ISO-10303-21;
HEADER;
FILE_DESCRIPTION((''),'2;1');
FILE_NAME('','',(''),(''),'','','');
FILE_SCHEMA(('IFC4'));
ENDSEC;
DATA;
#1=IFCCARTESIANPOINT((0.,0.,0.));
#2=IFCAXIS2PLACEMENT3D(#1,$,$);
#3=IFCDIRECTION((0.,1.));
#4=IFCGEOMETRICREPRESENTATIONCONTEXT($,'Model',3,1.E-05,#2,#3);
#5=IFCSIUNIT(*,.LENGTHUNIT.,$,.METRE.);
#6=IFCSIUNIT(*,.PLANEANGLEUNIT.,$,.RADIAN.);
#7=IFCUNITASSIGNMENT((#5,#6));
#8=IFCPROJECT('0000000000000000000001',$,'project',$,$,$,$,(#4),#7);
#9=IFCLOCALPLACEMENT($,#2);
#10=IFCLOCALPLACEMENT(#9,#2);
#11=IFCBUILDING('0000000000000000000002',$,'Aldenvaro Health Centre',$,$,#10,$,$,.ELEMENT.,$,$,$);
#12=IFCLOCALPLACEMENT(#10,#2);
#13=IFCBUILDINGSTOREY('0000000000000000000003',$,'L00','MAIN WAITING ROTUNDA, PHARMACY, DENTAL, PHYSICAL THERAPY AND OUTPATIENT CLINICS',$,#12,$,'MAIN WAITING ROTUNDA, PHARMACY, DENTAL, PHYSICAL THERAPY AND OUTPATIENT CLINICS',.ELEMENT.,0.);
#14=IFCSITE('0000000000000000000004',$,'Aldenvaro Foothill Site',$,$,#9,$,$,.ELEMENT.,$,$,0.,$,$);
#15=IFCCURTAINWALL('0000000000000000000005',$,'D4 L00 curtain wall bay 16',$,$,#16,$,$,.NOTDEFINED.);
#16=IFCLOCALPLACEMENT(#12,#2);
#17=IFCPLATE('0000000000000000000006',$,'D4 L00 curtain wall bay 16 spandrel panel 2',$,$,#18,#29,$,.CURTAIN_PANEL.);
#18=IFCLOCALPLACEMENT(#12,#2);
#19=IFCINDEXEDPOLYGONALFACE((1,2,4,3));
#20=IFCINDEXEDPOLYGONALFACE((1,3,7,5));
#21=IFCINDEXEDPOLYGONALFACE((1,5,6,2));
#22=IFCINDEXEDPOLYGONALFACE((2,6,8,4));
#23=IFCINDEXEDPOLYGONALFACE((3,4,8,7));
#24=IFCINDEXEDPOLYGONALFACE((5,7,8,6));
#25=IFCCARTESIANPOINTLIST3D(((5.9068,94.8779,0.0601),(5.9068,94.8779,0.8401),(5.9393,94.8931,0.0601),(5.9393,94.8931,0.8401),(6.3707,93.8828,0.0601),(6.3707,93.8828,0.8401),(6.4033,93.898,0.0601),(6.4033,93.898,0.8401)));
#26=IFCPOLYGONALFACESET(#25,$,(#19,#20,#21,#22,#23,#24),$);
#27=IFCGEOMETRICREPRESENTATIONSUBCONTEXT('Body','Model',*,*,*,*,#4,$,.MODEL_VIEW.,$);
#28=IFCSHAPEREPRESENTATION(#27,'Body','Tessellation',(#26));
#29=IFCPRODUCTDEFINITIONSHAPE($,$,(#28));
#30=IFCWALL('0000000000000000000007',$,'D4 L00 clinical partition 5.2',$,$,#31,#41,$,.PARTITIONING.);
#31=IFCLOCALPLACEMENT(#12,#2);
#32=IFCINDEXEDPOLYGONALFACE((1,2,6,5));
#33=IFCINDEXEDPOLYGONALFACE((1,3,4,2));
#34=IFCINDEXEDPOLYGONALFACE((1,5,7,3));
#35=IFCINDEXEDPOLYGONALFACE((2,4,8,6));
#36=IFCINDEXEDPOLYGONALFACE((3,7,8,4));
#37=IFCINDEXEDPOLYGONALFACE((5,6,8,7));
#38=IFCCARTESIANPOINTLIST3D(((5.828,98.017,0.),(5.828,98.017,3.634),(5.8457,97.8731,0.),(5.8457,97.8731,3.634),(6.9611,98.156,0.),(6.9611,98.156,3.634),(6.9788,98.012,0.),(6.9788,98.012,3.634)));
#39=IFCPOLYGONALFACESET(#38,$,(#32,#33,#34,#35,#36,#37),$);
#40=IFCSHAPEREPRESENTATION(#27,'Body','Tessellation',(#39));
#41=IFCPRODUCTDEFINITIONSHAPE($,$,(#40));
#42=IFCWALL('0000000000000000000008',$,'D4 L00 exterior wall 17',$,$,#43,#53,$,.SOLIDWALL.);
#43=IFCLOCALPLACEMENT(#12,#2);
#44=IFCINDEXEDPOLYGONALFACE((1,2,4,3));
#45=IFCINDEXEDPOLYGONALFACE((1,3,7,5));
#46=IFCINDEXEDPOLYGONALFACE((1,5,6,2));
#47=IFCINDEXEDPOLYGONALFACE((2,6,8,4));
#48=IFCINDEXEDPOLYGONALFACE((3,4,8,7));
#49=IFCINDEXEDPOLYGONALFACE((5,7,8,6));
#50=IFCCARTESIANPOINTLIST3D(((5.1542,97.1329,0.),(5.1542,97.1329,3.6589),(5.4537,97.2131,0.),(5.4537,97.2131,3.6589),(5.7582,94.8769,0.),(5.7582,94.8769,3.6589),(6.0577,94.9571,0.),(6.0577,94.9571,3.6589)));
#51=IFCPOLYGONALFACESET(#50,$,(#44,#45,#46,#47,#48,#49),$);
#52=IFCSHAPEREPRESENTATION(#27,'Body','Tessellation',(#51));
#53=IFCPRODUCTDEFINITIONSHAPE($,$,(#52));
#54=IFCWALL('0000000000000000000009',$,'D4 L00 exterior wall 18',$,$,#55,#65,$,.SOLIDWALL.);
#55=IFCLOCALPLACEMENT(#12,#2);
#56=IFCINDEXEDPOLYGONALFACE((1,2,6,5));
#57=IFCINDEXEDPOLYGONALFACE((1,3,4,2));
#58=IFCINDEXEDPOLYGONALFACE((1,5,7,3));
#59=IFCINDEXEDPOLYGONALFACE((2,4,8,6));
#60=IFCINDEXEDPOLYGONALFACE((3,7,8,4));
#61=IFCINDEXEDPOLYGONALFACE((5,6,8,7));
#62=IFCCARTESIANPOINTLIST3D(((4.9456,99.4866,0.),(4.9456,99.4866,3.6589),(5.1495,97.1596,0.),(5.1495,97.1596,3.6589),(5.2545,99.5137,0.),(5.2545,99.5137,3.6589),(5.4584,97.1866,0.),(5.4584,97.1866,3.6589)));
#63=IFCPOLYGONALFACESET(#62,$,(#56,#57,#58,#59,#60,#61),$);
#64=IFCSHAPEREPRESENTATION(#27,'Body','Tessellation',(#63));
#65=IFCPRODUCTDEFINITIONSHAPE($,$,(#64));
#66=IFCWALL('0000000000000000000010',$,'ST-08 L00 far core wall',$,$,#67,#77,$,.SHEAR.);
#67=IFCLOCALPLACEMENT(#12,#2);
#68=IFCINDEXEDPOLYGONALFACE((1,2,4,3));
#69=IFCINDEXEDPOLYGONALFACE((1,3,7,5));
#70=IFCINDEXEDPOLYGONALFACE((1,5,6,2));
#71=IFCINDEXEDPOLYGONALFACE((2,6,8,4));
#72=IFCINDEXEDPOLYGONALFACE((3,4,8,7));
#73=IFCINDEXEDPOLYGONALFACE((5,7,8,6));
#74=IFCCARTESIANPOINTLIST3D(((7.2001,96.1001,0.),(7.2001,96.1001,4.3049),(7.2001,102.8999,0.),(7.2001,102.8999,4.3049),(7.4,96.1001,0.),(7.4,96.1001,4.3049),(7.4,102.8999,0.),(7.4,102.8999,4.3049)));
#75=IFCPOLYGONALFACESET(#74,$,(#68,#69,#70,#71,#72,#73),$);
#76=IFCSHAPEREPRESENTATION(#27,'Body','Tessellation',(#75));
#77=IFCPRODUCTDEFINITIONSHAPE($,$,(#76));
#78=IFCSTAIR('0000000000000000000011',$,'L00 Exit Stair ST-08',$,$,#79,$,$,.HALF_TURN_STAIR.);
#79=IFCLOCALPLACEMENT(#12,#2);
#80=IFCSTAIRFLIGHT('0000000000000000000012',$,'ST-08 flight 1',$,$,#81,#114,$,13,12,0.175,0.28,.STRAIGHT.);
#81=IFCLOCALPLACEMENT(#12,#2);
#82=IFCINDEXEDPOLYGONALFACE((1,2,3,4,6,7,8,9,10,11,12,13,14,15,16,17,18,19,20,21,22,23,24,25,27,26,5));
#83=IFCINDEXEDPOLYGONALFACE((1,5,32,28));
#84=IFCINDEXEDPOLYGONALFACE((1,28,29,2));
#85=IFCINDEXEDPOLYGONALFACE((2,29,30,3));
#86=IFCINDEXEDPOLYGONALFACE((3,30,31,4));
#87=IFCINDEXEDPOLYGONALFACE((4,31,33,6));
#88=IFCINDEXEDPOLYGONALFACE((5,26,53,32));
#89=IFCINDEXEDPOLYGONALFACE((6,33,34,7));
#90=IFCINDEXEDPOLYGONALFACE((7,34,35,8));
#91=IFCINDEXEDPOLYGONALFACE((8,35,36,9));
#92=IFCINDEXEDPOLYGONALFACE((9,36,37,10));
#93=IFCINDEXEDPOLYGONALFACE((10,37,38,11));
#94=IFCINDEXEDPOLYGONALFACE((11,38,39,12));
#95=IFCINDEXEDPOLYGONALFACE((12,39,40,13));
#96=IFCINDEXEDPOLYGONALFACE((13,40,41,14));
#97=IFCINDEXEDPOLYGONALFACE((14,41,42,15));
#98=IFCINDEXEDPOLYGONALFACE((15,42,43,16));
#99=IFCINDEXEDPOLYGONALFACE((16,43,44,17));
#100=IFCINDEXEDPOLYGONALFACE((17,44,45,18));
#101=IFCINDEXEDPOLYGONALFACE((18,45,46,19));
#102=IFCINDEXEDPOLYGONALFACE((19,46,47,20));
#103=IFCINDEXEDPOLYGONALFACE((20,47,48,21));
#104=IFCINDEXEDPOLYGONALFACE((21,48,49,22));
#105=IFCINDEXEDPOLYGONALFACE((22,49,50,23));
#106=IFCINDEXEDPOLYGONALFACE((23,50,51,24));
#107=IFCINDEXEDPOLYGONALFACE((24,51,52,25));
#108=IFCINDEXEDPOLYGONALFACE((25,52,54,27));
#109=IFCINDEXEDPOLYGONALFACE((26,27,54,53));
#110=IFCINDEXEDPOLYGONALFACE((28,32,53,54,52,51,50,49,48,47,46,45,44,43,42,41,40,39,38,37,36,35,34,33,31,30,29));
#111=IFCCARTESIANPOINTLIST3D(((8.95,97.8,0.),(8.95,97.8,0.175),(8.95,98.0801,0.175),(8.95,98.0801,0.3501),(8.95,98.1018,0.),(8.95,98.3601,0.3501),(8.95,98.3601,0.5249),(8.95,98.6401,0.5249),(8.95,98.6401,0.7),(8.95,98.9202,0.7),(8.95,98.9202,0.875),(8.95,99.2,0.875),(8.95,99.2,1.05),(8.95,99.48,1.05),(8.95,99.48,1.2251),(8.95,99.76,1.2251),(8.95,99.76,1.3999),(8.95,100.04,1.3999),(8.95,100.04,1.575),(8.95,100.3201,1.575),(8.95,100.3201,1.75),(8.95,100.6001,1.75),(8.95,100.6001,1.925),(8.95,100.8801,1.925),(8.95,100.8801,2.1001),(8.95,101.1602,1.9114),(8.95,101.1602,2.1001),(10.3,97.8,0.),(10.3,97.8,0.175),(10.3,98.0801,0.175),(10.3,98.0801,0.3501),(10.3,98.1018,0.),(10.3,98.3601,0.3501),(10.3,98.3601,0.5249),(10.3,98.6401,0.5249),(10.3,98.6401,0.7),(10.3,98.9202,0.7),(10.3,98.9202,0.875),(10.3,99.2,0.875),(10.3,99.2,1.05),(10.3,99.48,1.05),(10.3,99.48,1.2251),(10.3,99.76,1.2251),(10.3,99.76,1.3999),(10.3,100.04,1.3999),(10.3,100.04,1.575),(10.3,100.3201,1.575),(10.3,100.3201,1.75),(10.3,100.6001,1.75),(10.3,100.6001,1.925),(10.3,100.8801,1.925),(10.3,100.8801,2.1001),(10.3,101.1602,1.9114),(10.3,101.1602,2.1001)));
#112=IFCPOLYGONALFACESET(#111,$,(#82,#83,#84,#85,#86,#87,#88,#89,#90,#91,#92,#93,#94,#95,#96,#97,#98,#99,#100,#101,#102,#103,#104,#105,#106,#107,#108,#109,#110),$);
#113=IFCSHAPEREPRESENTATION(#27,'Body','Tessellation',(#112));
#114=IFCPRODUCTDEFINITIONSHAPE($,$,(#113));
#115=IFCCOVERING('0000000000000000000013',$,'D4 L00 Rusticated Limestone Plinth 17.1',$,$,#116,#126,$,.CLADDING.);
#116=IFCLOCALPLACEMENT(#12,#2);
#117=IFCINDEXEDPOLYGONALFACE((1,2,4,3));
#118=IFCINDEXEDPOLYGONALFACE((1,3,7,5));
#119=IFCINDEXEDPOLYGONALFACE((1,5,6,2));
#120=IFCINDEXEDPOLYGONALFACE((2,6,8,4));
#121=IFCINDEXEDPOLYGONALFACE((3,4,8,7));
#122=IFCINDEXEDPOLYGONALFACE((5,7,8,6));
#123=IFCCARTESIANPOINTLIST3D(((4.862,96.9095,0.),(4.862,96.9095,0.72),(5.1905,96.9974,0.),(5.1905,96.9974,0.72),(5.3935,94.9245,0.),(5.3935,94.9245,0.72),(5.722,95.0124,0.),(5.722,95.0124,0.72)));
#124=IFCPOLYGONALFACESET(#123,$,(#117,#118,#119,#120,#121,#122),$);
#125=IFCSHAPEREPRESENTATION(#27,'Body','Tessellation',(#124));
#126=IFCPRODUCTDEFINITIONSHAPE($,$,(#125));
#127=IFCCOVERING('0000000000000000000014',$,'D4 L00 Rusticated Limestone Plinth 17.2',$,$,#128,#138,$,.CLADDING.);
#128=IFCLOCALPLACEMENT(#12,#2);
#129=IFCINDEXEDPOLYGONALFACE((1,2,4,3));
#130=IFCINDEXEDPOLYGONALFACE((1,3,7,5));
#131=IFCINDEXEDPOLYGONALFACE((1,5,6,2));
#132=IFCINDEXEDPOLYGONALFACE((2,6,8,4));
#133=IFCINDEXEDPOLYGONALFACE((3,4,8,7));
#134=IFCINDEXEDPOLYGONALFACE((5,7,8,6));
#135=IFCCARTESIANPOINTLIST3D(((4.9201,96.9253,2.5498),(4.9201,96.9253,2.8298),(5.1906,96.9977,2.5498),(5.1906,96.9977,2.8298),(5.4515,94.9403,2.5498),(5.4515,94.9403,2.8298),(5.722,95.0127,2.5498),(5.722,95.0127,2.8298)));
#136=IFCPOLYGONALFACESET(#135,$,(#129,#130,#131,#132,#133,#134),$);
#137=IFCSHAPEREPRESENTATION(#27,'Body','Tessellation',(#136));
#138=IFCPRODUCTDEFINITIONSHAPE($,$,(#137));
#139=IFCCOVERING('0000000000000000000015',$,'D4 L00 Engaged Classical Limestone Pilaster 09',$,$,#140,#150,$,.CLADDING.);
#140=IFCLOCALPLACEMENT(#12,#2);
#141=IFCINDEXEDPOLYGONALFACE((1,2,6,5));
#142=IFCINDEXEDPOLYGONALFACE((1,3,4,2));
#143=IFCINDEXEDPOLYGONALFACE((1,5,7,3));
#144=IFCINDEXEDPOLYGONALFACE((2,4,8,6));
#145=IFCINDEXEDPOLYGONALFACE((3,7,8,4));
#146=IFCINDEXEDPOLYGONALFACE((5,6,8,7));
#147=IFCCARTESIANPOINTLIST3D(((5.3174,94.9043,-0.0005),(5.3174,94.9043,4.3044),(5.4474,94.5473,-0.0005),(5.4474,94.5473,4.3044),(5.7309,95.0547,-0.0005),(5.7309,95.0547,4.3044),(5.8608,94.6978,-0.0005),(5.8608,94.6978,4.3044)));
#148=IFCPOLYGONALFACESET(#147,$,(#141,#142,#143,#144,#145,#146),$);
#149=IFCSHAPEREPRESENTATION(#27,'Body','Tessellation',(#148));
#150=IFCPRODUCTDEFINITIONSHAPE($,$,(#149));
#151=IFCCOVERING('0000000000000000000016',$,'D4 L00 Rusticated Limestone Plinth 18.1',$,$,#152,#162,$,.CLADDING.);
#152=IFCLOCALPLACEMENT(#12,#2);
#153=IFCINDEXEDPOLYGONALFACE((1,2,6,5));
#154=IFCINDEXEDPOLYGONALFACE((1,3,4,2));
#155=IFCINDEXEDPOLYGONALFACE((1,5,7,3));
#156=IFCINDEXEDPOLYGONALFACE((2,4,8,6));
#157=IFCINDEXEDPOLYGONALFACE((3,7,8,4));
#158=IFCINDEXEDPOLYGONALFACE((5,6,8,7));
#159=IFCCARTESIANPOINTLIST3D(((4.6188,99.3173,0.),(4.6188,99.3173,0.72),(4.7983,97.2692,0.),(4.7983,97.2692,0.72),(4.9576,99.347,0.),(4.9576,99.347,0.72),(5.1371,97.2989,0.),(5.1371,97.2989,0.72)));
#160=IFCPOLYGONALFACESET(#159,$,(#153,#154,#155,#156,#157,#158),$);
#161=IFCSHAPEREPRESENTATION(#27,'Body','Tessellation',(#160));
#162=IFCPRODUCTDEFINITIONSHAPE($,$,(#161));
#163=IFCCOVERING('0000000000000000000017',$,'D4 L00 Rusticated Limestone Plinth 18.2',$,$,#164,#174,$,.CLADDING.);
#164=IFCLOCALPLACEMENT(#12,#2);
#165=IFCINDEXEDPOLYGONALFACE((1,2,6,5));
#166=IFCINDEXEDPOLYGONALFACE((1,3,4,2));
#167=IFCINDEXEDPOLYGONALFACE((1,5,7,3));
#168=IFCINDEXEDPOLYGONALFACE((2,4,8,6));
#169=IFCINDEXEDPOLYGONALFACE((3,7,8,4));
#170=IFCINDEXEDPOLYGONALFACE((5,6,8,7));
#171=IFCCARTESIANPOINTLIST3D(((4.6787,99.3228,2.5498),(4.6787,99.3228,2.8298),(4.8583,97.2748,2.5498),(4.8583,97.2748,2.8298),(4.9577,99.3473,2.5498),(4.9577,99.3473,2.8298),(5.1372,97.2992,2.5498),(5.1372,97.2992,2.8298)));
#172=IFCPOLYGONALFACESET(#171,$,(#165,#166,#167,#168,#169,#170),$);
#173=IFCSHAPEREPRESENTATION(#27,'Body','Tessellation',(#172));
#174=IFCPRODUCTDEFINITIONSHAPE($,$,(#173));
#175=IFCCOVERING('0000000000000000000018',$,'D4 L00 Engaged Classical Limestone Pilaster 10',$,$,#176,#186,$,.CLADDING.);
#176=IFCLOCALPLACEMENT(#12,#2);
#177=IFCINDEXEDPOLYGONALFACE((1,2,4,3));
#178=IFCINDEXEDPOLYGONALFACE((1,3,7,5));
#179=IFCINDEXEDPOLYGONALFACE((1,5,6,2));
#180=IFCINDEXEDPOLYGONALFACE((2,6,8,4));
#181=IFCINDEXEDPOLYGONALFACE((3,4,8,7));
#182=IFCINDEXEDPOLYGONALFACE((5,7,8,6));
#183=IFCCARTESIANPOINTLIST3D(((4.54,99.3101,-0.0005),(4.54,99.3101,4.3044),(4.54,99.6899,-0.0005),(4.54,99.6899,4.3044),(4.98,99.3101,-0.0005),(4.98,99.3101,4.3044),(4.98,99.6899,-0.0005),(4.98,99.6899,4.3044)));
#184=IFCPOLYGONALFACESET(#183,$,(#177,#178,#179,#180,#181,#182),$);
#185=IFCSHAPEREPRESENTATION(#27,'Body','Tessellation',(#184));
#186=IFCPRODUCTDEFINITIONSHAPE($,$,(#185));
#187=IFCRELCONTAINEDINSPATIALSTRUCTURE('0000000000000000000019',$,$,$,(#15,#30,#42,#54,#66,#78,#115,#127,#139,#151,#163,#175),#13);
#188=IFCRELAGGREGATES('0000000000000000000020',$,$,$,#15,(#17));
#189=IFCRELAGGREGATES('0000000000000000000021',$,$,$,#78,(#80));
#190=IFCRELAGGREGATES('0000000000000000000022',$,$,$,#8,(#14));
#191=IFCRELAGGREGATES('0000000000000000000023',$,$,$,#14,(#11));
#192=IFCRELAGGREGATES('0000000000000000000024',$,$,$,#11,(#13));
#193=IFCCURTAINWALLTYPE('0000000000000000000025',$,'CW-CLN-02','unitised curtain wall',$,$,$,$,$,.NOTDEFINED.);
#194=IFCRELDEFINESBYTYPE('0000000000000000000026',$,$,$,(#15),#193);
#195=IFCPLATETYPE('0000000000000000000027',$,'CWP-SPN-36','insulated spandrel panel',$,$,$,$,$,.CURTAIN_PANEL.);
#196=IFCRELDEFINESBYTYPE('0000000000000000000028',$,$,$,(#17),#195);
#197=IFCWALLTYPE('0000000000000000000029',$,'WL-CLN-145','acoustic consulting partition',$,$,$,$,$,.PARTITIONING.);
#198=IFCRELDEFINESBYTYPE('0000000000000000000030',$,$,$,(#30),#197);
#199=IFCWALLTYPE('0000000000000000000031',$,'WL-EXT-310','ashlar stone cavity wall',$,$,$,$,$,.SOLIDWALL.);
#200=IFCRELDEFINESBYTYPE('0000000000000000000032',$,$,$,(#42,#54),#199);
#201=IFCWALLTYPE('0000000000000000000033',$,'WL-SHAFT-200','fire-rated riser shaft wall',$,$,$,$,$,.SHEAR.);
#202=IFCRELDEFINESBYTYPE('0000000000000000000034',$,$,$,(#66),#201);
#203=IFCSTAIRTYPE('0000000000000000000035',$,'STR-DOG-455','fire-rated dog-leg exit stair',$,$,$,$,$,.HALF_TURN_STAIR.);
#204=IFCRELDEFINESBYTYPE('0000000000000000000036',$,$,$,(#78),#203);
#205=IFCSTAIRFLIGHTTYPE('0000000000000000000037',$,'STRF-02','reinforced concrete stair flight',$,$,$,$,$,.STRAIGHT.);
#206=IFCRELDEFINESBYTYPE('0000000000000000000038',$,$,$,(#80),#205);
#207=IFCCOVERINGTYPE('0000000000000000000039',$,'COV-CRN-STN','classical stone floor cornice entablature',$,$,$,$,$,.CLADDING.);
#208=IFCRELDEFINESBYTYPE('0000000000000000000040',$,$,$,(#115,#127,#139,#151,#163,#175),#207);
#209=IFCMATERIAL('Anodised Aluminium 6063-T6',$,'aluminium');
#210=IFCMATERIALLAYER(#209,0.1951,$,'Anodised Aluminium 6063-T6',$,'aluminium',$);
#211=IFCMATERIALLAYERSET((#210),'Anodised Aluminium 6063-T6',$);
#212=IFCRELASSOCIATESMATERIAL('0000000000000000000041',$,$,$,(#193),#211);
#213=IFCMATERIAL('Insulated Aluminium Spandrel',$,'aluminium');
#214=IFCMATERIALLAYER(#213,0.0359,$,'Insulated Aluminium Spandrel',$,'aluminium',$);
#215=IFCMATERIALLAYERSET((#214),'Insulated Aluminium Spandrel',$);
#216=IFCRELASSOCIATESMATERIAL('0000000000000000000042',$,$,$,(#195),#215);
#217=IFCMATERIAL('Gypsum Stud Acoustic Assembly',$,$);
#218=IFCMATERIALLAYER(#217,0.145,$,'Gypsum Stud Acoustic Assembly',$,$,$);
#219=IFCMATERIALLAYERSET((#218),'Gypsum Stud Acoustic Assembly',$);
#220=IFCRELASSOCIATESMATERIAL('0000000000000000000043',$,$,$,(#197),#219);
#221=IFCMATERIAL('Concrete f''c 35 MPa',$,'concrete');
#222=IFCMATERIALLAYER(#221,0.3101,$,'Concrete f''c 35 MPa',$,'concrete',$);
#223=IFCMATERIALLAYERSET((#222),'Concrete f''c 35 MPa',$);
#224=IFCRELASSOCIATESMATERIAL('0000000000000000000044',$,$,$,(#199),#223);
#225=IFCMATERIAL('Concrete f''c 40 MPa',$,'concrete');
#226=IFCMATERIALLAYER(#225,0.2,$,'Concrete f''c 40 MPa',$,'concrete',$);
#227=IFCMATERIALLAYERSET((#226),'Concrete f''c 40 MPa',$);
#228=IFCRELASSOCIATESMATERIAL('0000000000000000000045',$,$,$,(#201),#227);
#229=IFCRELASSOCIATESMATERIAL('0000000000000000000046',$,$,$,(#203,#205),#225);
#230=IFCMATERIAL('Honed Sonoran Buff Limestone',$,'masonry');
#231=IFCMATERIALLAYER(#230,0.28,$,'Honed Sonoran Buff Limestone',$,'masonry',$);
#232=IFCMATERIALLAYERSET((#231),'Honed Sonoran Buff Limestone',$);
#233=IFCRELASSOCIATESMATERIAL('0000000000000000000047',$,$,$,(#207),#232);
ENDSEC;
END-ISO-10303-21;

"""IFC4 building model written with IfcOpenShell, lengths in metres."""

from ifc_helpers import new_model, si_unit, direction, frame, frame_2d, origin, origin_2d, place, context, subcontext, project, spatial, polyline, rectangle, outline, extrude, material, layer, layer_set, type_object, element, aggregate, save


model = new_model("IFC4")

# Units and contexts
model_context = context("Model", 3, precision=1e-05, world=origin(), true_north=direction((0.0, 1.0)))
body_context = subcontext(model_context, "Body", "Model", "MODEL_VIEW")
ifc_project = project(units=[si_unit("LENGTHUNIT", "METRE"), si_unit("PLANEANGLEUNIT", "RADIAN")], contexts=[model_context])

# Site, building, storey
site_placement = place(None, origin())
site = spatial("IfcSite", under=ifc_project, at=site_placement, Name="Aldenvaro Foothill Site", CompositionType="ELEMENT", RefElevation=0.0)
building_placement = place(site_placement, origin())
building = spatial("IfcBuilding", under=site, at=building_placement, Name="Aldenvaro Health Centre", CompositionType="ELEMENT")
storey_placement = place(building_placement, origin())
storey = spatial("IfcBuildingStorey", under=building, at=storey_placement, Name="L00", Description="MAIN WAITING ROTUNDA, PHARMACY, DENTAL, PHYSICAL THERAPY AND OUTPATIENT CLINICS", LongName="MAIN WAITING ROTUNDA, PHARMACY, DENTAL, PHYSICAL THERAPY AND OUTPATIENT CLINICS", CompositionType="ELEMENT", Elevation=0.0)

# Shared definitions
ifc_material_1 = material(Name="Concrete f'c 40 MPa", Category="concrete")

# Curtain wall
ifc_material_2 = material(Name="Anodised Aluminium 6063-T6", Category="aluminium")
ifc_layer_1 = layer(ifc_material_2, 0.1951, Name="Anodised Aluminium 6063-T6", Category="aluminium")
ifc_layer_set_1 = layer_set([ifc_layer_1], Name="Anodised Aluminium 6063-T6")
curtain_wall_type = type_object("IfcCurtainWallType", Name="CW-CLN-02", Description="unitised curtain wall", PredefinedType="NOTDEFINED", material=ifc_layer_set_1)
curtain_wall_placement = place(storey_placement, origin())
curtain_wall = element("IfcCurtainWall", 1, at=curtain_wall_placement, inside=storey, type_object=curtain_wall_type, Name="D4 L00 curtain wall bay 16", PredefinedType="NOTDEFINED")

# Plate
ifc_material_3 = material(Name="Insulated Aluminium Spandrel", Category="aluminium")
ifc_layer_2 = layer(ifc_material_3, 0.0359, Name="Insulated Aluminium Spandrel", Category="aluminium")
ifc_layer_set_2 = layer_set([ifc_layer_2], Name="Insulated Aluminium Spandrel")
plate_type_1 = type_object("IfcPlateType", Name="CWP-SPN-36", Description="insulated spandrel panel", PredefinedType="CURTAIN_PANEL", material=ifc_layer_set_2)
plate_1_placement = place(storey_placement, frame((6.155, 94.3879, 0.0601), z_axis=(0.0, 0.0, 1.0), x_axis=(-0.422557, 0.906336, 0.0)))
plate_1 = element("IfcPlate", 2, at=plate_1_placement, type_object=plate_type_1, Name="D4 L00 curtain wall bay 16 spandrel panel 2", PredefinedType="CURTAIN_PANEL", context=body_context, shape_type="SweptSolid", body=[
    extrude(rectangle(XDim=1.0979, YDim=0.0359, at=origin_2d()), origin(), (0.0, 0.0, 1.0), 0.78),
])
aggregate(curtain_wall, [plate_1])

# Walls
ifc_material_4 = material(Name="Gypsum Stud Acoustic Assembly")
ifc_layer_3 = layer(ifc_material_4, 0.145, Name="Gypsum Stud Acoustic Assembly")
ifc_layer_set_3 = layer_set([ifc_layer_3], Name="Gypsum Stud Acoustic Assembly")
wall_type_1 = type_object("IfcWallType", Name="WL-CLN-145", Description="acoustic consulting partition", PredefinedType="PARTITIONING", material=ifc_layer_set_3)
wall_1_placement = place(storey_placement, frame((6.97, 98.084, 0.0), z_axis=(0.0, 0.0, 1.0), x_axis=(-0.992568, -0.121692, 0.0)))
element("IfcWall", 3, at=wall_1_placement, inside=storey, type_object=wall_type_1, Name="D4 L00 clinical partition 5.2", PredefinedType="PARTITIONING", context=body_context, shape_type="SweptSolid", body=[
    extrude(rectangle(XDim=1.1416, YDim=0.145, at=frame_2d((0.5708, 0.0))), origin(), (0.0, 0.0, 1.0), 3.634),
])
ifc_material_5 = material(Name="Concrete f'c 35 MPa", Category="concrete")
ifc_layer_4 = layer(ifc_material_5, 0.3101, Name="Concrete f'c 35 MPa", Category="concrete")
ifc_layer_set_4 = layer_set([ifc_layer_4], Name="Concrete f'c 35 MPa")
wall_type_2 = type_object("IfcWallType", Name="WL-EXT-310", Description="ashlar stone cavity wall", PredefinedType="SOLIDWALL", material=ifc_layer_set_4)
wall_2_placement = place(storey_placement, frame((5.908, 94.917, 0.0), z_axis=(0.0, 0.0, 1.0), x_axis=(-0.258612, 0.965981, 0.0)))
element("IfcWall", 4, at=wall_2_placement, inside=storey, type_object=wall_type_2, Name="D4 L00 exterior wall 17", PredefinedType="SOLIDWALL", context=body_context, shape_type="SweptSolid", body=[
    extrude(rectangle(XDim=2.3354, YDim=0.3101, at=frame_2d((1.1677, 0.0))), origin(), (0.0, 0.0, 1.0), 3.6589),
])
wall_3_placement = place(storey_placement, frame((5.304, 97.1731, 0.0), z_axis=(0.0, 0.0, 1.0), x_axis=(-0.087275, 0.996184, 0.0)))
element("IfcWall", 5, at=wall_3_placement, inside=storey, type_object=wall_type_2, Name="D4 L00 exterior wall 18", PredefinedType="SOLIDWALL", context=body_context, shape_type="SweptSolid", body=[
    extrude(rectangle(XDim=2.3359, YDim=0.3101, at=frame_2d((1.168, 0.0))), origin(), (0.0, 0.0, 1.0), 3.6589),
])
ifc_layer_5 = layer(ifc_material_1, 0.2, Name="Concrete f'c 40 MPa", Category="concrete")
ifc_layer_set_5 = layer_set([ifc_layer_5], Name="Concrete f'c 40 MPa")
wall_type_3 = type_object("IfcWallType", Name="WL-SHAFT-200", Description="fire-rated riser shaft wall", PredefinedType="SHEAR", material=ifc_layer_set_5)
wall_4_placement = place(storey_placement, frame((7.3, 96.1001, 0.0), z_axis=(0.0, 0.0, 1.0), x_axis=(0.0, 1.0, 0.0)))
element("IfcWall", 6, at=wall_4_placement, inside=storey, type_object=wall_type_3, Name="ST-08 L00 far core wall", PredefinedType="SHEAR", context=body_context, shape_type="SweptSolid", body=[
    extrude(rectangle(XDim=6.7998, YDim=0.2, at=frame_2d((3.3999, 0.0))), origin(), (0.0, 0.0, 1.0), 4.3049),
])

# Stair, stair flight
stair_type = type_object("IfcStairType", Name="STR-DOG-455", Description="fire-rated dog-leg exit stair", PredefinedType="HALF_TURN_STAIR", material=ifc_material_1)
stair_placement = place(storey_placement, origin())
stair = element("IfcStair", 7, at=stair_placement, inside=storey, type_object=stair_type, Name="L00 Exit Stair ST-08", PredefinedType="HALF_TURN_STAIR")
stair_flight_type = type_object("IfcStairFlightType", Name="STRF-02", Description="reinforced concrete stair flight", PredefinedType="STRAIGHT", material=ifc_material_1)
stair_flight_placement = place(storey_placement, frame((9.625, 97.8, 0.0), z_axis=(0.0, 0.0, 1.0), x_axis=(0.0, 1.0, 0.0)))
stair_flight = element("IfcStairFlight", 8, at=stair_flight_placement, type_object=stair_flight_type, Name="ST-08 flight 1", NumberOfRisers=13, NumberOfTreads=12, PredefinedType="STRAIGHT", RiserHeight=0.175, TreadLength=0.28, context=body_context, shape_type="SweptSolid", body=[
    extrude(outline(polyline([(0.0, 0.0), (0.0, 0.175), (0.28, 0.175), (0.28, 0.3501), (0.5601, 0.3501), (0.5601, 0.5249), (0.8401, 0.5249), (0.8401, 0.7), (1.1201, 0.7), (1.1201, 0.875), (1.3999, 0.875), (1.3999, 1.05), (1.6799, 1.05), (1.6799, 1.2251), (1.96, 1.2251), (1.96, 1.3999), (2.24, 1.3999), (2.24, 1.575), (2.52, 1.575), (2.52, 1.75), (2.8, 1.75), (2.8, 1.925), (3.0801, 1.925), (3.0801, 2.1001), (3.3601, 2.1001), (3.3601, 2.2749), (3.3601, 1.9114), (0.3018, 0.0), (0.0, 0.0)])), frame((0.0, 0.675, 0.0), z_axis=(0.0, -1.0, 0.0), x_axis=(1.0, 0.0, 0.0)), (0.0, 0.0, 1.0), 1.3501),
])
aggregate(stair, [stair_flight])

# Coverings
ifc_material_6 = material(Name="Honed Sonoran Buff Limestone", Category="masonry")
ifc_layer_6 = layer(ifc_material_6, 0.28, Name="Honed Sonoran Buff Limestone", Category="masonry")
ifc_layer_set_6 = layer_set([ifc_layer_6], Name="Honed Sonoran Buff Limestone")
covering_type = type_object("IfcCoveringType", Name="COV-CRN-STN", Description="classical stone floor cornice entablature", PredefinedType="CLADDING", material=ifc_layer_set_6)
covering_1_placement = place(storey_placement, frame((5.292, 95.9609, 0.0), z_axis=(0.0, 0.0, 1.0), x_axis=(-0.258622, 0.965979, 0.0)))
element("IfcCovering", 9, at=covering_1_placement, inside=storey, type_object=covering_type, Name="D4 L00 Rusticated Limestone Plinth 17.1", PredefinedType="CLADDING", context=body_context, shape_type="SweptSolid", body=[
    extrude(rectangle(XDim=2.0549, YDim=0.3401, at=origin_2d()), origin(), (0.0, 0.0, 1.0), 0.72),
])
covering_2_placement = place(storey_placement, frame((5.321, 95.969, 2.5498), z_axis=(0.0, 0.0, 1.0), x_axis=(-0.258622, 0.965979, 0.0)))
element("IfcCovering", 10, at=covering_2_placement, inside=storey, type_object=covering_type, Name="D4 L00 Rusticated Limestone Plinth 17.2", PredefinedType="CLADDING", context=body_context, shape_type="SweptSolid", body=[
    extrude(rectangle(XDim=2.0549, YDim=0.28, at=origin_2d()), origin(), (0.0, 0.0, 1.0), 0.28),
])
covering_3_placement = place(storey_placement, frame((5.5891, 94.801, -0.0005), z_axis=(0.0, 0.0, 1.0), x_axis=(-0.939695, -0.342013, 0.0)))
element("IfcCovering", 11, at=covering_3_placement, inside=storey, type_object=covering_type, Name="D4 L00 Engaged Classical Limestone Pilaster 09", PredefinedType="CLADDING", context=body_context, shape_type="SweptSolid", body=[
    extrude(rectangle(XDim=0.4399, YDim=0.3799, at=origin_2d()), origin(), (0.0, 0.0, 1.0), 4.3049),
])
covering_4_placement = place(storey_placement, frame((4.8779, 98.3081, 0.0), z_axis=(0.0, 0.0, 1.0), x_axis=(-0.087332, 0.996179, 0.0)))
element("IfcCovering", 12, at=covering_4_placement, inside=storey, type_object=covering_type, Name="D4 L00 Rusticated Limestone Plinth 18.1", PredefinedType="CLADDING", context=body_context, shape_type="SweptSolid", body=[
    extrude(rectangle(XDim=2.0559, YDim=0.3401, at=origin_2d()), origin(), (0.0, 0.0, 1.0), 0.72),
])
covering_5_placement = place(storey_placement, frame((4.908, 98.311, 2.5498), z_axis=(0.0, 0.0, 1.0), x_axis=(-0.087332, 0.996179, 0.0)))
element("IfcCovering", 13, at=covering_5_placement, inside=storey, type_object=covering_type, Name="D4 L00 Rusticated Limestone Plinth 18.2", PredefinedType="CLADDING", context=body_context, shape_type="SweptSolid", body=[
    extrude(rectangle(XDim=2.0559, YDim=0.28, at=origin_2d()), origin(), (0.0, 0.0, 1.0), 0.28),
])
covering_6_placement = place(storey_placement, frame((4.76, 99.5, -0.0005), z_axis=(0.0, 0.0, 1.0), x_axis=(-1.0, 0.0, 0.0)))
element("IfcCovering", 14, at=covering_6_placement, inside=storey, type_object=covering_type, Name="D4 L00 Engaged Classical Limestone Pilaster 10", PredefinedType="CLADDING", context=body_context, shape_type="SweptSolid", body=[
    extrude(rectangle(XDim=0.4399, YDim=0.3799, at=origin_2d()), origin(), (0.0, 0.0, 1.0), 4.3049),
])

save(model, "model.ifc")
